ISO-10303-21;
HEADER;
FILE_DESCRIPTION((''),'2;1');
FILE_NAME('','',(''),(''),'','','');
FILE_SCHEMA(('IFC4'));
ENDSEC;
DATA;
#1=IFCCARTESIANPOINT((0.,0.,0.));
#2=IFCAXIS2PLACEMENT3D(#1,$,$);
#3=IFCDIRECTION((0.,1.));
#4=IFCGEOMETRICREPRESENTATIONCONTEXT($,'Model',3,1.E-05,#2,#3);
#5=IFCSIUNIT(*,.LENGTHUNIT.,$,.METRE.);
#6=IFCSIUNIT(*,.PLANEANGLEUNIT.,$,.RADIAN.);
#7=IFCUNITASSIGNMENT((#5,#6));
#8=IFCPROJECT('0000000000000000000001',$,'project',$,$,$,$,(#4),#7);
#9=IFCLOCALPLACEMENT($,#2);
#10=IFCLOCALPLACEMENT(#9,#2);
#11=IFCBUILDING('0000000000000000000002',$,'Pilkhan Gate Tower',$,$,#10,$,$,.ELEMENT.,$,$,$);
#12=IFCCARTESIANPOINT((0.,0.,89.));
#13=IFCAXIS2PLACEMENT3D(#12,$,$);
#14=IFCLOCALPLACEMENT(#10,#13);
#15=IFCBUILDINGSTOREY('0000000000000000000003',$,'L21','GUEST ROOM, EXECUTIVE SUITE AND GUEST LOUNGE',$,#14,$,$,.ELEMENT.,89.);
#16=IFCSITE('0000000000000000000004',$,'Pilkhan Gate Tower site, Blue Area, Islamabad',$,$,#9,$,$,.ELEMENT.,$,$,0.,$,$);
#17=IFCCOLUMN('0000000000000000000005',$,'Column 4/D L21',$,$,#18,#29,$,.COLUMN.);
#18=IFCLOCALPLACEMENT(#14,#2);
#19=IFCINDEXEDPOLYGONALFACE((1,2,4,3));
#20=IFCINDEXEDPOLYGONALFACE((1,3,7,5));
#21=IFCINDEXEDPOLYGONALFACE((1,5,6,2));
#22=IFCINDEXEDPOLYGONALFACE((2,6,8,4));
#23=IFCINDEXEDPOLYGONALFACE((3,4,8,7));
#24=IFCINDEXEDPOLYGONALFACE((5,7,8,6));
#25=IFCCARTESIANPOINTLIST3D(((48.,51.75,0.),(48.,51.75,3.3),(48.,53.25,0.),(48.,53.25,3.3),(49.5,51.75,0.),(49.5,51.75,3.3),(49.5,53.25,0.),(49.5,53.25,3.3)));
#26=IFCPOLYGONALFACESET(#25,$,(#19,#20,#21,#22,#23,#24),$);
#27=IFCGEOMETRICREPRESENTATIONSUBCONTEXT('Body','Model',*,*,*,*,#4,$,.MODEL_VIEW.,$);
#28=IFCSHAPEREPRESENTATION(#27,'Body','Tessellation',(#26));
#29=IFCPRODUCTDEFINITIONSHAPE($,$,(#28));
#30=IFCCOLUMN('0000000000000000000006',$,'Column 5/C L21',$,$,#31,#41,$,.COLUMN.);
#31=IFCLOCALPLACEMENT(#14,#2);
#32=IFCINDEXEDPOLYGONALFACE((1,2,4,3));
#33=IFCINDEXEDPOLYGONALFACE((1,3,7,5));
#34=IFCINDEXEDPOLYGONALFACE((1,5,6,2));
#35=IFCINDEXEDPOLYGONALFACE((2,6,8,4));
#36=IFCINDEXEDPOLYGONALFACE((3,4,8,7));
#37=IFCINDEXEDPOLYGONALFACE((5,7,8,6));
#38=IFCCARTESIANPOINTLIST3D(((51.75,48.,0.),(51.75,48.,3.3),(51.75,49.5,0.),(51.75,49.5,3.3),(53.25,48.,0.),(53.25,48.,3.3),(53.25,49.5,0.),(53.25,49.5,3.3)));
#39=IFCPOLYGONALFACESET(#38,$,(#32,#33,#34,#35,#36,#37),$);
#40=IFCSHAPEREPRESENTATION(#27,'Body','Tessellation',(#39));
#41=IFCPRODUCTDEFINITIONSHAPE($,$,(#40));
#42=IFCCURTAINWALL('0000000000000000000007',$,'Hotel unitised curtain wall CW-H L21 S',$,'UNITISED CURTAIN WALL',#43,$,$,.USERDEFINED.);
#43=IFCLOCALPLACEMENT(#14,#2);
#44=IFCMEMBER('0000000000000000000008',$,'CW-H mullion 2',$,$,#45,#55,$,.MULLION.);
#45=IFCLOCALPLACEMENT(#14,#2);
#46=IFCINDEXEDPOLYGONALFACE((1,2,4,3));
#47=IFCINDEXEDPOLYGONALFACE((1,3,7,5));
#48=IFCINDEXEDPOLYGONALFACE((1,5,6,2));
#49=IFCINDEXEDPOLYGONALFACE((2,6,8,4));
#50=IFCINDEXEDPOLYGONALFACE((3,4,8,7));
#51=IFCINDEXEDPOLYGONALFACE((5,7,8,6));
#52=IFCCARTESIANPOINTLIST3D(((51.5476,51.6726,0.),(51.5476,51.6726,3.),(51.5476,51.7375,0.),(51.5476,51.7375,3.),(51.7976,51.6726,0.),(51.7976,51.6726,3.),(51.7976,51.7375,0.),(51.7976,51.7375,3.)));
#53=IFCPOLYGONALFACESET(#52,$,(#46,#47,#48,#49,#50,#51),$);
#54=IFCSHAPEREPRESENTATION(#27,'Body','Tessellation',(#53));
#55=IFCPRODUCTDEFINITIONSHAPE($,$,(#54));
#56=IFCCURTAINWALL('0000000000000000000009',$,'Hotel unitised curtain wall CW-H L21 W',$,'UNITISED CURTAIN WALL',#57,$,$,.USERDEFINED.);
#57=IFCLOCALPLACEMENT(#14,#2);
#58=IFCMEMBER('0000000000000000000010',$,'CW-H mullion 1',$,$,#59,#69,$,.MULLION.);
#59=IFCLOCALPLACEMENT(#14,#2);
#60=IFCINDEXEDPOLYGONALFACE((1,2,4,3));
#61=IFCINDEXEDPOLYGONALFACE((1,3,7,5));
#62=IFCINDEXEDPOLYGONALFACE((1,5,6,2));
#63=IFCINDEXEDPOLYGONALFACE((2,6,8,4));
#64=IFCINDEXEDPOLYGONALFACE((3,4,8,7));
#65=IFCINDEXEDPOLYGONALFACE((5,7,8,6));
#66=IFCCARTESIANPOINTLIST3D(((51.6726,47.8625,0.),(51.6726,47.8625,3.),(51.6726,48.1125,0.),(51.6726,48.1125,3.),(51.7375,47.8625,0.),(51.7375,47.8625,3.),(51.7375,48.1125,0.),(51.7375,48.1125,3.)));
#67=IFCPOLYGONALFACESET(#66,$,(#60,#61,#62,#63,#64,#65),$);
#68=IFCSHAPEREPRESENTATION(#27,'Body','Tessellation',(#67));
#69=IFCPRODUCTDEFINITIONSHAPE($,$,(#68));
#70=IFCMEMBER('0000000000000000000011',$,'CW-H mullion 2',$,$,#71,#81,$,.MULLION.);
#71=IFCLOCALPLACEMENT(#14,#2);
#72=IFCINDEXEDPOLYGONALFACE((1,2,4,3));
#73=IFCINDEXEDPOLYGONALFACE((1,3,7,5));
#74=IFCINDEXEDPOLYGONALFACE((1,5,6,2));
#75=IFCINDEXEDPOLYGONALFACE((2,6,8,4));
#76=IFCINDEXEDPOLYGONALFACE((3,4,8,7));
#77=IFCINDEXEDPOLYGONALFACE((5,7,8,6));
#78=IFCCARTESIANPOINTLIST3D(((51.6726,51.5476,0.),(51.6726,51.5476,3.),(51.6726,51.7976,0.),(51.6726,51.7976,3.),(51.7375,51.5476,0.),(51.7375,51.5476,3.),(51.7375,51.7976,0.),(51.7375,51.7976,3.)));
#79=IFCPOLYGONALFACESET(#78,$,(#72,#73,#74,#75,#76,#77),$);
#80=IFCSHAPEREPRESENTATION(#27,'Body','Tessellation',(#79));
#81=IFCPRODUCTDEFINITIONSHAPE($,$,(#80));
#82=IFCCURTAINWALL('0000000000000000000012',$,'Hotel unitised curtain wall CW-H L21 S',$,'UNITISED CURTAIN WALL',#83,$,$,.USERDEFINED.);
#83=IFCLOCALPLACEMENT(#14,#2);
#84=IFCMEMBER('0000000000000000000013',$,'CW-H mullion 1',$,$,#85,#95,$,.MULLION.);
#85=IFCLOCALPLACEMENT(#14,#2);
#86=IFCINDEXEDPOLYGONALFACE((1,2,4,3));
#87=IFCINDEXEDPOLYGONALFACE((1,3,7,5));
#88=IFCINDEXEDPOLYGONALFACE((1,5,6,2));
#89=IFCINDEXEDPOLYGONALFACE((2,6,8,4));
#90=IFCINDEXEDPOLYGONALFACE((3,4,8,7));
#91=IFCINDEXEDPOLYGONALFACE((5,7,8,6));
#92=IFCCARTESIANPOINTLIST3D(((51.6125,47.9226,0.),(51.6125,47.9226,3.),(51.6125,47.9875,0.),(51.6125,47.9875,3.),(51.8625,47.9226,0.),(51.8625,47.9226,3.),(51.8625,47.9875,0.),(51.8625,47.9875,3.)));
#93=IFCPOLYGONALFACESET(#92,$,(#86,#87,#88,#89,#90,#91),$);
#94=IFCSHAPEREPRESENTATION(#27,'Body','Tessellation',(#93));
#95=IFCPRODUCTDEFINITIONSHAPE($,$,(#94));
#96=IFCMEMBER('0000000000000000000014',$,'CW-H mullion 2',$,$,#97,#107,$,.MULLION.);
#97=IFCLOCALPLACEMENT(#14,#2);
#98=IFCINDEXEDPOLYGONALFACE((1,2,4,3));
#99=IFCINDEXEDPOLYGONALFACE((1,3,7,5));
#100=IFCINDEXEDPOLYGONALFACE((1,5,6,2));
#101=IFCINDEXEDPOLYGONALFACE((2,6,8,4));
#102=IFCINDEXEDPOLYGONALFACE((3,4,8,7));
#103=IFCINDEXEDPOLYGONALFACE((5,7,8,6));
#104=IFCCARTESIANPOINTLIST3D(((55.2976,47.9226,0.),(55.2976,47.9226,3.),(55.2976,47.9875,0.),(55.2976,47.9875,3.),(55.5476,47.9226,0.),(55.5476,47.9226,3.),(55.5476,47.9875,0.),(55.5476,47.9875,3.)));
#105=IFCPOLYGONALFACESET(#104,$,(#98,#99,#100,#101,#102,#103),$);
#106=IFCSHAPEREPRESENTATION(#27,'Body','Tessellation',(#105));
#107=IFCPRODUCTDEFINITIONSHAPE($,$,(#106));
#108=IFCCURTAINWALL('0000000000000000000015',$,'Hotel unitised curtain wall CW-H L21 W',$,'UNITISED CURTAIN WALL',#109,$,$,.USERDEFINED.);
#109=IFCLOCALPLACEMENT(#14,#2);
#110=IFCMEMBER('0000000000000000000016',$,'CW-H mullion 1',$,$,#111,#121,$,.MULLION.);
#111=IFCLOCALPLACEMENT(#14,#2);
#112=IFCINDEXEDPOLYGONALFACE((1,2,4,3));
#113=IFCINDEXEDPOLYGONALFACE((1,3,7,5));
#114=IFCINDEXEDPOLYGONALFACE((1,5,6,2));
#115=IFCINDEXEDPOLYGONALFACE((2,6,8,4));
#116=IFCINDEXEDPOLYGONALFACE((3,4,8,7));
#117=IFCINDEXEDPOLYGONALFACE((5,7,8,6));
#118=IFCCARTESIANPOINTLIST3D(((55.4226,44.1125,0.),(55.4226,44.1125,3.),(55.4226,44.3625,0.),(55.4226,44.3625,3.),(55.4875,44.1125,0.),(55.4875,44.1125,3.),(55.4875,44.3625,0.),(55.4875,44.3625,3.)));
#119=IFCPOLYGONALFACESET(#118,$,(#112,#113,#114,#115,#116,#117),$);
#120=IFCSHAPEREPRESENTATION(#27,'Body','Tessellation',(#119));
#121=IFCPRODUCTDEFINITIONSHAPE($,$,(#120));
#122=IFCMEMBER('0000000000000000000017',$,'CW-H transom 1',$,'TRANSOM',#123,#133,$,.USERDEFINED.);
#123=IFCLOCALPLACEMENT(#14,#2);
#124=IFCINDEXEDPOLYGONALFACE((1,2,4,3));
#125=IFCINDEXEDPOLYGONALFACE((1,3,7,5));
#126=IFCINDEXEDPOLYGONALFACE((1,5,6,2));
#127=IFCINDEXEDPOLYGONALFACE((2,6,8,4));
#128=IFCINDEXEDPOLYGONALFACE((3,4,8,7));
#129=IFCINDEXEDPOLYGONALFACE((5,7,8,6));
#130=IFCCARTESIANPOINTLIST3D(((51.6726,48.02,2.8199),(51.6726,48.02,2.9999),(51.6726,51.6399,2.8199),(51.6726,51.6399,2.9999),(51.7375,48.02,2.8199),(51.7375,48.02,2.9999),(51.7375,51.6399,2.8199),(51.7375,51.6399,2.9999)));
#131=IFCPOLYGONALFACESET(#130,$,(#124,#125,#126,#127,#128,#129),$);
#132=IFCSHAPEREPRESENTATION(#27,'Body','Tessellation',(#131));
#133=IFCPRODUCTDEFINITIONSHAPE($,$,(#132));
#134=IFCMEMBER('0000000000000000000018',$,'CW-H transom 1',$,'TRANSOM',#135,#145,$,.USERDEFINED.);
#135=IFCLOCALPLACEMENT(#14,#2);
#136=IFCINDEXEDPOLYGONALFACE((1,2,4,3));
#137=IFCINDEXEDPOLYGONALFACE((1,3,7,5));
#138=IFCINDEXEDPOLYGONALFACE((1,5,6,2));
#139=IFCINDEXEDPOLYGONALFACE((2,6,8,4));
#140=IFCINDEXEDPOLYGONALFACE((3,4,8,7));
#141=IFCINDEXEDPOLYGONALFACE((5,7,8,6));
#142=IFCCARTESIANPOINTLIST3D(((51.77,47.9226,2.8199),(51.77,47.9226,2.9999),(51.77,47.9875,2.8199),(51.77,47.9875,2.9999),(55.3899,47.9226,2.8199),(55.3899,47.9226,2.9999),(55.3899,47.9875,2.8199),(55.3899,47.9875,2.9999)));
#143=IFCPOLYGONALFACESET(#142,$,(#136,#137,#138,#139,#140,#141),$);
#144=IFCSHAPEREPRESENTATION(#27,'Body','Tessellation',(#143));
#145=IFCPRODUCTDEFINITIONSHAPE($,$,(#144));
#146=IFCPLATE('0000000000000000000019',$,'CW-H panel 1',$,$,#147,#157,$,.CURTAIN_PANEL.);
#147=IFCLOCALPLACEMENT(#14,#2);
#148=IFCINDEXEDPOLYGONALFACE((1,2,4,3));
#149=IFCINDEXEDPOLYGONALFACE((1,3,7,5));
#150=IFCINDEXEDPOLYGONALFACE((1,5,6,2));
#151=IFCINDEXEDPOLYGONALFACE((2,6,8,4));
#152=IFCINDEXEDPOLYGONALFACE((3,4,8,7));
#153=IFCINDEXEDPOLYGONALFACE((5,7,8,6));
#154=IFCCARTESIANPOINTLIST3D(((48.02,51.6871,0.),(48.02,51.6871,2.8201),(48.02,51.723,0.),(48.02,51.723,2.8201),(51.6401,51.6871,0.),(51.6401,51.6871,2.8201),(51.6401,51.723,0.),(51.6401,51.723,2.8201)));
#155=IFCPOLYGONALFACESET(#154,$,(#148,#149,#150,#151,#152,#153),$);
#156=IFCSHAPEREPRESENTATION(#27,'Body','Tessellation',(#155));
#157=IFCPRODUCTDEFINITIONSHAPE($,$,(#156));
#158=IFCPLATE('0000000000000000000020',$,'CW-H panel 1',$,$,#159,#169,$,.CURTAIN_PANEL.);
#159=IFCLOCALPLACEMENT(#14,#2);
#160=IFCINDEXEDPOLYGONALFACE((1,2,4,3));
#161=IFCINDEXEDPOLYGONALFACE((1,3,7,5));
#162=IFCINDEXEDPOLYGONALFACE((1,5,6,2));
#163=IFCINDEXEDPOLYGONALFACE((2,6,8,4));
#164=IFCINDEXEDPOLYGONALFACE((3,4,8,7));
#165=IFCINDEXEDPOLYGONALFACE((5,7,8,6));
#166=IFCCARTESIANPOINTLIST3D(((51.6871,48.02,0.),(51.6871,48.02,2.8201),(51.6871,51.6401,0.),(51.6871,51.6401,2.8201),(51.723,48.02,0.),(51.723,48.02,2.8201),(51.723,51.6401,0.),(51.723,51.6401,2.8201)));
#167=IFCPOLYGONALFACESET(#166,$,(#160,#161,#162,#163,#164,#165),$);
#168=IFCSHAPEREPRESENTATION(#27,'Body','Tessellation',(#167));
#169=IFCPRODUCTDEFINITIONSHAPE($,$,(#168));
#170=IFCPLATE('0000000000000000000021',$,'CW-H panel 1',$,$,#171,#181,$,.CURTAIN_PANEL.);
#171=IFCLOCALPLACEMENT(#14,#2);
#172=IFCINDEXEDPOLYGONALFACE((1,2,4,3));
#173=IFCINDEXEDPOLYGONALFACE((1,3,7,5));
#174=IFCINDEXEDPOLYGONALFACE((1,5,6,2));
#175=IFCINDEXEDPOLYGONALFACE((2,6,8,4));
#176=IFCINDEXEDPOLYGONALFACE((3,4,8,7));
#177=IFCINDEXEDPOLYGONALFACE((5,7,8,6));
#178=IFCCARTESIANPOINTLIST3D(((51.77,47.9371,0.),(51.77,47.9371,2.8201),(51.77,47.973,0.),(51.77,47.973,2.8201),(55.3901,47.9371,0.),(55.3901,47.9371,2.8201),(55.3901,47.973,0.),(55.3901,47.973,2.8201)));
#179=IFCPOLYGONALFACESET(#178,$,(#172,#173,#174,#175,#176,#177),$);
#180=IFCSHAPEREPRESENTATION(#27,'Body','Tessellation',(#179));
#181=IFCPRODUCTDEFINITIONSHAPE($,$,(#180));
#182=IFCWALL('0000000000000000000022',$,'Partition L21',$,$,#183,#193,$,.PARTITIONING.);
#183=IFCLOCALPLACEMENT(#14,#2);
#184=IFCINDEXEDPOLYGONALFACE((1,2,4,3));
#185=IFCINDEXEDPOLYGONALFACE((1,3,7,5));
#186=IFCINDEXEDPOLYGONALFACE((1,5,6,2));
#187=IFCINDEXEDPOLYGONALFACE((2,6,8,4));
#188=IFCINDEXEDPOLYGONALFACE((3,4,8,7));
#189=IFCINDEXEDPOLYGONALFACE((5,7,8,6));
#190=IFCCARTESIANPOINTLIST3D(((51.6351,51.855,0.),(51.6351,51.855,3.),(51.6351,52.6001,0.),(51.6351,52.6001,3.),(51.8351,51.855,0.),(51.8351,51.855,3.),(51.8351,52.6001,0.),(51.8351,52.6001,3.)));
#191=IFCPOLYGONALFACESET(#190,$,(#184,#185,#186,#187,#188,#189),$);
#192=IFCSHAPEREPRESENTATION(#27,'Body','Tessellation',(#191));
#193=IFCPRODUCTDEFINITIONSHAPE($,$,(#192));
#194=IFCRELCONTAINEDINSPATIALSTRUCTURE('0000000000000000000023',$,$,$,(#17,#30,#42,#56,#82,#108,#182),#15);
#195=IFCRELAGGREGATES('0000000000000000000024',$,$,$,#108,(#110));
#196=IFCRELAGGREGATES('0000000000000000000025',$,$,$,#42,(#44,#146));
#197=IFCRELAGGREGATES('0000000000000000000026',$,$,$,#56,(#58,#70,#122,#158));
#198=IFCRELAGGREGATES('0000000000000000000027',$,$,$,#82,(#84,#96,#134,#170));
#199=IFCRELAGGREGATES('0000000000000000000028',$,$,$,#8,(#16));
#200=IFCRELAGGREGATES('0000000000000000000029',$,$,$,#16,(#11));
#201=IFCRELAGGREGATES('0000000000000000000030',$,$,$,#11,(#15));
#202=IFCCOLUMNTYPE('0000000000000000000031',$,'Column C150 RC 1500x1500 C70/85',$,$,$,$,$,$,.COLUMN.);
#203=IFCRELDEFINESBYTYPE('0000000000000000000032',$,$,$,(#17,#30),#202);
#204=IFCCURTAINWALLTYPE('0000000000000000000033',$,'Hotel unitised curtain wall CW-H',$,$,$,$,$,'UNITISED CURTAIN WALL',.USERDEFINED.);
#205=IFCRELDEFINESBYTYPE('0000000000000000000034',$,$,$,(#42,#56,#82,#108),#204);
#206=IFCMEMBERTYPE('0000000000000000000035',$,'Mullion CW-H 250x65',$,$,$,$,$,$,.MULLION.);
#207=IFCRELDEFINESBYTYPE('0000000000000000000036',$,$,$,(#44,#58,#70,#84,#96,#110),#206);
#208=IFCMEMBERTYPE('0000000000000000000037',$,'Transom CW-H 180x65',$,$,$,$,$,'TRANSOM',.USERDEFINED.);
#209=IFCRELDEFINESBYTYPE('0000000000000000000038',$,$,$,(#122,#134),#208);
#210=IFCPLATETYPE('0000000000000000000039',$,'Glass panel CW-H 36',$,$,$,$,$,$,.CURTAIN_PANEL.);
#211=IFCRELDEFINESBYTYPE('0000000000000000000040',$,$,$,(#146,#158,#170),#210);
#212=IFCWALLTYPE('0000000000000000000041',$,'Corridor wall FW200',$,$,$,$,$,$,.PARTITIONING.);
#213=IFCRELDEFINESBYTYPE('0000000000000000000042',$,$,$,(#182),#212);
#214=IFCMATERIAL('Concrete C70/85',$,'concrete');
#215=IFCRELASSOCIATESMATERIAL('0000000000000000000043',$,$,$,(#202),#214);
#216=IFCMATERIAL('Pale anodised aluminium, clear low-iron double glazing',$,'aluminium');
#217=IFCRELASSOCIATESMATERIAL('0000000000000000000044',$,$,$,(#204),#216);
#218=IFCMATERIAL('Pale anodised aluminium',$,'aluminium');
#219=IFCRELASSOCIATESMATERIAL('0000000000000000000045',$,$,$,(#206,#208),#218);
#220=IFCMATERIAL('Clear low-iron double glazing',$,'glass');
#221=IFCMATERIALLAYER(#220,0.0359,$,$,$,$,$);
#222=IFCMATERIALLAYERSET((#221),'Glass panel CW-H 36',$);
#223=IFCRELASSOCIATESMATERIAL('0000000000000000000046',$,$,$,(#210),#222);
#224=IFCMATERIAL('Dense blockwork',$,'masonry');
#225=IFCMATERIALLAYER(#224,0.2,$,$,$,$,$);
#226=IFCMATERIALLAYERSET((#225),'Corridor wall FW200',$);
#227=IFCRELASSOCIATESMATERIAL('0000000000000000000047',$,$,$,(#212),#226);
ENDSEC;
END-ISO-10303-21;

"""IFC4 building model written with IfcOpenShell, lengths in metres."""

from ifc_helpers import new_model, si_unit, direction, frame, frame_2d, origin, origin_2d, place, context, subcontext, project, spatial, rectangle, extrude, material, layer, layer_set, material_profile, profile_set, type_object, element, aggregate, save


model = new_model("IFC4")

# Units and contexts
model_context = context("Model", 3, precision=1e-05, world=origin(), true_north=direction((0.0, 1.0)))
body_context = subcontext(model_context, "Body", "Model", "MODEL_VIEW")
ifc_project = project(units=[si_unit("LENGTHUNIT", "METRE"), si_unit("PLANEANGLEUNIT", "RADIAN")], contexts=[model_context])

# Site, building, storey
site_placement = place(None, origin())
site = spatial("IfcSite", under=ifc_project, at=site_placement, Name="Pilkhan Gate Tower site, Blue Area, Islamabad", CompositionType="ELEMENT", RefElevation=0.0)
building_placement = place(site_placement, origin())
building = spatial("IfcBuilding", under=site, at=building_placement, Name="Pilkhan Gate Tower", CompositionType="ELEMENT")
storey_placement = place(building_placement, frame((0.0, 0.0, 89.0)))
storey = spatial("IfcBuildingStorey", under=building, at=storey_placement, Name="L21", Description="GUEST ROOM, EXECUTIVE SUITE AND GUEST LOUNGE", CompositionType="ELEMENT", Elevation=89.0)

# Columns
ifc_material_1 = material(Name="Concrete C70/85", Category="concrete")
ifc_material_profile_1 = material_profile(ifc_material_1, rectangle(XDim=1.5, YDim=1.5, at=origin_2d()), Name="RC 1500x1500")
ifc_profile_set_1 = profile_set([ifc_material_profile_1], Name="Concrete C70/85")
column_type = type_object("IfcColumnType", Name="Column C150 RC 1500x1500 C70/85", PredefinedType="COLUMN", material=ifc_profile_set_1)
for number, where, z_axis, x_axis, name in (
    (1, (48.75, 52.5, 0.0), (0.0, 0.0, 1.0), (1.0, 0.0, 0.0), "Column 4/D L21"),
    (2, (52.5, 48.75, 0.0), (0.0, 0.0, 1.0), (1.0, 0.0, 0.0), "Column 5/C L21"),
):
    element("IfcColumn", number, at=place(storey_placement, frame(where, z_axis=z_axis, x_axis=x_axis)), inside=storey, type_object=column_type, Name=name, PredefinedType="COLUMN", context=body_context, shape_type="SweptSolid", body=[
        extrude(rectangle(XDim=1.5, YDim=1.5, at=origin_2d()), origin(), (0.0, 0.0, 1.0), 3.3),
    ])

# Curtain wall, member
ifc_material_2 = material(Name="Pale anodised aluminium, clear low-iron double glazing", Category="aluminium")
curtain_wall_type = type_object("IfcCurtainWallType", Name="Hotel unitised curtain wall CW-H", ElementType="UNITISED CURTAIN WALL", PredefinedType="USERDEFINED", material=ifc_material_2)
curtain_wall_1_placement = place(storey_placement, origin())
curtain_wall_1 = element("IfcCurtainWall", 3, at=curtain_wall_1_placement, inside=storey, type_object=curtain_wall_type, Name="Hotel unitised curtain wall CW-H L21 S", ObjectType="UNITISED CURTAIN WALL", PredefinedType="USERDEFINED")
ifc_material_3 = material(Name="Pale anodised aluminium", Category="aluminium")
ifc_material_profile_2 = material_profile(ifc_material_3, rectangle(XDim=0.0649, YDim=0.25, at=origin_2d()), Name="Mullion 250x65")
ifc_profile_set_2 = profile_set([ifc_material_profile_2], Name="Pale anodised aluminium")
member_type_1 = type_object("IfcMemberType", Name="Mullion CW-H 250x65", PredefinedType="MULLION", material=ifc_profile_set_2)
member_1_placement = place(storey_placement, frame((51.6726, 51.7051, 0.0), z_axis=(0.0, 0.0, 1.0), x_axis=(0.0, 1.0, 0.0)))
member_1 = element("IfcMember", 4, at=member_1_placement, type_object=member_type_1, Name="CW-H mullion 2", PredefinedType="MULLION", context=body_context, shape_type="SweptSolid", body=[
    extrude(rectangle(XDim=0.0649, YDim=0.25, at=origin_2d()), origin(), (0.0, 0.0, 1.0), 3.0),
])

# Curtain walls, members
curtain_wall_2_placement = place(storey_placement, origin())
curtain_wall_2 = element("IfcCurtainWall", 5, at=curtain_wall_2_placement, inside=storey, type_object=curtain_wall_type, Name="Hotel unitised curtain wall CW-H L21 W", ObjectType="UNITISED CURTAIN WALL", PredefinedType="USERDEFINED")
member_2_placement = place(storey_placement, frame((51.7051, 47.9875, 0.0), z_axis=(0.0, 0.0, 1.0), x_axis=(-1.0, 0.0, 0.0)))
member_2 = element("IfcMember", 6, at=member_2_placement, type_object=member_type_1, Name="CW-H mullion 1", PredefinedType="MULLION", context=body_context, shape_type="SweptSolid", body=[
    extrude(rectangle(XDim=0.0649, YDim=0.25, at=origin_2d()), origin(), (0.0, 0.0, 1.0), 3.0),
])
member_3_placement = place(storey_placement, frame((51.7051, 51.6726, 0.0), z_axis=(0.0, 0.0, 1.0), x_axis=(-1.0, 0.0, 0.0)))
member_3 = element("IfcMember", 7, at=member_3_placement, type_object=member_type_1, Name="CW-H mullion 2", PredefinedType="MULLION", context=body_context, shape_type="SweptSolid", body=[
    extrude(rectangle(XDim=0.0649, YDim=0.25, at=origin_2d()), origin(), (0.0, 0.0, 1.0), 3.0),
])
curtain_wall_3_placement = place(storey_placement, origin())
curtain_wall_3 = element("IfcCurtainWall", 8, at=curtain_wall_3_placement, inside=storey, type_object=curtain_wall_type, Name="Hotel unitised curtain wall CW-H L21 S", ObjectType="UNITISED CURTAIN WALL", PredefinedType="USERDEFINED")
member_4_placement = place(storey_placement, frame((51.7375, 47.9551, 0.0), z_axis=(0.0, 0.0, 1.0), x_axis=(0.0, 1.0, 0.0)))
member_4 = element("IfcMember", 9, at=member_4_placement, type_object=member_type_1, Name="CW-H mullion 1", PredefinedType="MULLION", context=body_context, shape_type="SweptSolid", body=[
    extrude(rectangle(XDim=0.0649, YDim=0.25, at=origin_2d()), origin(), (0.0, 0.0, 1.0), 3.0),
])
member_5_placement = place(storey_placement, frame((55.4226, 47.9551, 0.0), z_axis=(0.0, 0.0, 1.0), x_axis=(0.0, 1.0, 0.0)))
member_5 = element("IfcMember", 10, at=member_5_placement, type_object=member_type_1, Name="CW-H mullion 2", PredefinedType="MULLION", context=body_context, shape_type="SweptSolid", body=[
    extrude(rectangle(XDim=0.0649, YDim=0.25, at=origin_2d()), origin(), (0.0, 0.0, 1.0), 3.0),
])

# Curtain wall, member
curtain_wall_4_placement = place(storey_placement, origin())
curtain_wall_4 = element("IfcCurtainWall", 11, at=curtain_wall_4_placement, inside=storey, type_object=curtain_wall_type, Name="Hotel unitised curtain wall CW-H L21 W", ObjectType="UNITISED CURTAIN WALL", PredefinedType="USERDEFINED")
member_6_placement = place(storey_placement, frame((55.4551, 44.2375, 0.0), z_axis=(0.0, 0.0, 1.0), x_axis=(-1.0, 0.0, 0.0)))
member_6 = element("IfcMember", 12, at=member_6_placement, type_object=member_type_1, Name="CW-H mullion 1", PredefinedType="MULLION", context=body_context, shape_type="SweptSolid", body=[
    extrude(rectangle(XDim=0.0649, YDim=0.25, at=origin_2d()), origin(), (0.0, 0.0, 1.0), 3.0),
])
aggregate(curtain_wall_4, [member_6])

# Members
ifc_material_profile_3 = material_profile(ifc_material_3, rectangle(XDim=0.0649, YDim=0.1799, at=origin_2d()), Name="Transom 180x65")
ifc_profile_set_3 = profile_set([ifc_material_profile_3], Name="Pale anodised aluminium")
member_type_2 = type_object("IfcMemberType", Name="Transom CW-H 180x65", ElementType="TRANSOM", PredefinedType="USERDEFINED", material=ifc_profile_set_3)
member_7_placement = place(storey_placement, frame((51.7051, 48.02, 2.9099), z_axis=(0.0, 1.0, 0.0), x_axis=(-1.0, 0.0, 0.0)))
member_7 = element("IfcMember", 13, at=member_7_placement, type_object=member_type_2, Name="CW-H transom 1", ObjectType="TRANSOM", PredefinedType="USERDEFINED", context=body_context, shape_type="SweptSolid", body=[
    extrude(rectangle(XDim=0.0649, YDim=0.1799, at=origin_2d()), origin(), (0.0, 0.0, 1.0), 3.6199),
])
member_8_placement = place(storey_placement, frame((51.77, 47.9551, 2.9099), z_axis=(1.0, 0.0, 0.0), x_axis=(0.0, 1.0, 0.0)))
member_8 = element("IfcMember", 14, at=member_8_placement, type_object=member_type_2, Name="CW-H transom 1", ObjectType="TRANSOM", PredefinedType="USERDEFINED", context=body_context, shape_type="SweptSolid", body=[
    extrude(rectangle(XDim=0.0649, YDim=0.1799, at=origin_2d()), origin(), (0.0, 0.0, 1.0), 3.6199),
])

# Plates
ifc_material_4 = material(Name="Clear low-iron double glazing", Category="glass")
ifc_layer_1 = layer(ifc_material_4, 0.0359)
ifc_layer_set_1 = layer_set([ifc_layer_1], Name="Glass panel CW-H 36")
plate_type = type_object("IfcPlateType", Name="Glass panel CW-H 36", PredefinedType="CURTAIN_PANEL", material=ifc_layer_set_1)
plate_1_placement = place(storey_placement, frame((49.8301, 51.7051, 0.0), z_axis=(0.0, 0.0, 1.0), x_axis=(1.0, 0.0, 0.0)))
plate_1 = element("IfcPlate", 15, at=plate_1_placement, type_object=plate_type, Name="CW-H panel 1", PredefinedType="CURTAIN_PANEL", context=body_context, shape_type="SweptSolid", body=[
    extrude(rectangle(XDim=3.6201, YDim=0.0359, at=origin_2d()), origin(), (0.0, 0.0, 1.0), 2.8201),
])
aggregate(curtain_wall_1, [member_1, plate_1])
plate_2_placement = place(storey_placement, frame((51.7051, 49.8301, 0.0), z_axis=(0.0, 0.0, 1.0), x_axis=(0.0, 1.0, 0.0)))
plate_2 = element("IfcPlate", 16, at=plate_2_placement, type_object=plate_type, Name="CW-H panel 1", PredefinedType="CURTAIN_PANEL", context=body_context, shape_type="SweptSolid", body=[
    extrude(rectangle(XDim=3.6201, YDim=0.0359, at=origin_2d()), origin(), (0.0, 0.0, 1.0), 2.8201),
])
aggregate(curtain_wall_2, [member_2, member_3, member_7, plate_2])
plate_3_placement = place(storey_placement, frame((53.5801, 47.9551, 0.0), z_axis=(0.0, 0.0, 1.0), x_axis=(1.0, 0.0, 0.0)))
plate_3 = element("IfcPlate", 17, at=plate_3_placement, type_object=plate_type, Name="CW-H panel 1", PredefinedType="CURTAIN_PANEL", context=body_context, shape_type="SweptSolid", body=[
    extrude(rectangle(XDim=3.6201, YDim=0.0359, at=origin_2d()), origin(), (0.0, 0.0, 1.0), 2.8201),
])
aggregate(curtain_wall_3, [member_4, member_5, member_8, plate_3])

# Shared definitions
ifc_material_5 = material(Name="Dense blockwork", Category="masonry")
ifc_layer_2 = layer(ifc_material_5, 0.2)
ifc_layer_set_2 = layer_set([ifc_layer_2], Name="Corridor wall FW200")
wall_type_1 = type_object("IfcWallType", Name="Corridor wall FW200", PredefinedType="PARTITIONING", material=ifc_layer_set_2)

# Wall
wall_1_placement = place(storey_placement, frame((51.7351, 51.855, 0.0), z_axis=(0.0, 0.0, 1.0), x_axis=(0.0, 1.0, 0.0)))
element("IfcWall", 18, at=wall_1_placement, inside=storey, type_object=wall_type_1, Name="Partition L21", PredefinedType="PARTITIONING", context=body_context, shape_type="SweptSolid", body=[
    extrude(rectangle(XDim=0.7451, YDim=0.2, at=frame_2d((0.3726, 0.0))), origin(), (0.0, 0.0, 1.0), 3.0),
])

save(model, "model.ifc")
